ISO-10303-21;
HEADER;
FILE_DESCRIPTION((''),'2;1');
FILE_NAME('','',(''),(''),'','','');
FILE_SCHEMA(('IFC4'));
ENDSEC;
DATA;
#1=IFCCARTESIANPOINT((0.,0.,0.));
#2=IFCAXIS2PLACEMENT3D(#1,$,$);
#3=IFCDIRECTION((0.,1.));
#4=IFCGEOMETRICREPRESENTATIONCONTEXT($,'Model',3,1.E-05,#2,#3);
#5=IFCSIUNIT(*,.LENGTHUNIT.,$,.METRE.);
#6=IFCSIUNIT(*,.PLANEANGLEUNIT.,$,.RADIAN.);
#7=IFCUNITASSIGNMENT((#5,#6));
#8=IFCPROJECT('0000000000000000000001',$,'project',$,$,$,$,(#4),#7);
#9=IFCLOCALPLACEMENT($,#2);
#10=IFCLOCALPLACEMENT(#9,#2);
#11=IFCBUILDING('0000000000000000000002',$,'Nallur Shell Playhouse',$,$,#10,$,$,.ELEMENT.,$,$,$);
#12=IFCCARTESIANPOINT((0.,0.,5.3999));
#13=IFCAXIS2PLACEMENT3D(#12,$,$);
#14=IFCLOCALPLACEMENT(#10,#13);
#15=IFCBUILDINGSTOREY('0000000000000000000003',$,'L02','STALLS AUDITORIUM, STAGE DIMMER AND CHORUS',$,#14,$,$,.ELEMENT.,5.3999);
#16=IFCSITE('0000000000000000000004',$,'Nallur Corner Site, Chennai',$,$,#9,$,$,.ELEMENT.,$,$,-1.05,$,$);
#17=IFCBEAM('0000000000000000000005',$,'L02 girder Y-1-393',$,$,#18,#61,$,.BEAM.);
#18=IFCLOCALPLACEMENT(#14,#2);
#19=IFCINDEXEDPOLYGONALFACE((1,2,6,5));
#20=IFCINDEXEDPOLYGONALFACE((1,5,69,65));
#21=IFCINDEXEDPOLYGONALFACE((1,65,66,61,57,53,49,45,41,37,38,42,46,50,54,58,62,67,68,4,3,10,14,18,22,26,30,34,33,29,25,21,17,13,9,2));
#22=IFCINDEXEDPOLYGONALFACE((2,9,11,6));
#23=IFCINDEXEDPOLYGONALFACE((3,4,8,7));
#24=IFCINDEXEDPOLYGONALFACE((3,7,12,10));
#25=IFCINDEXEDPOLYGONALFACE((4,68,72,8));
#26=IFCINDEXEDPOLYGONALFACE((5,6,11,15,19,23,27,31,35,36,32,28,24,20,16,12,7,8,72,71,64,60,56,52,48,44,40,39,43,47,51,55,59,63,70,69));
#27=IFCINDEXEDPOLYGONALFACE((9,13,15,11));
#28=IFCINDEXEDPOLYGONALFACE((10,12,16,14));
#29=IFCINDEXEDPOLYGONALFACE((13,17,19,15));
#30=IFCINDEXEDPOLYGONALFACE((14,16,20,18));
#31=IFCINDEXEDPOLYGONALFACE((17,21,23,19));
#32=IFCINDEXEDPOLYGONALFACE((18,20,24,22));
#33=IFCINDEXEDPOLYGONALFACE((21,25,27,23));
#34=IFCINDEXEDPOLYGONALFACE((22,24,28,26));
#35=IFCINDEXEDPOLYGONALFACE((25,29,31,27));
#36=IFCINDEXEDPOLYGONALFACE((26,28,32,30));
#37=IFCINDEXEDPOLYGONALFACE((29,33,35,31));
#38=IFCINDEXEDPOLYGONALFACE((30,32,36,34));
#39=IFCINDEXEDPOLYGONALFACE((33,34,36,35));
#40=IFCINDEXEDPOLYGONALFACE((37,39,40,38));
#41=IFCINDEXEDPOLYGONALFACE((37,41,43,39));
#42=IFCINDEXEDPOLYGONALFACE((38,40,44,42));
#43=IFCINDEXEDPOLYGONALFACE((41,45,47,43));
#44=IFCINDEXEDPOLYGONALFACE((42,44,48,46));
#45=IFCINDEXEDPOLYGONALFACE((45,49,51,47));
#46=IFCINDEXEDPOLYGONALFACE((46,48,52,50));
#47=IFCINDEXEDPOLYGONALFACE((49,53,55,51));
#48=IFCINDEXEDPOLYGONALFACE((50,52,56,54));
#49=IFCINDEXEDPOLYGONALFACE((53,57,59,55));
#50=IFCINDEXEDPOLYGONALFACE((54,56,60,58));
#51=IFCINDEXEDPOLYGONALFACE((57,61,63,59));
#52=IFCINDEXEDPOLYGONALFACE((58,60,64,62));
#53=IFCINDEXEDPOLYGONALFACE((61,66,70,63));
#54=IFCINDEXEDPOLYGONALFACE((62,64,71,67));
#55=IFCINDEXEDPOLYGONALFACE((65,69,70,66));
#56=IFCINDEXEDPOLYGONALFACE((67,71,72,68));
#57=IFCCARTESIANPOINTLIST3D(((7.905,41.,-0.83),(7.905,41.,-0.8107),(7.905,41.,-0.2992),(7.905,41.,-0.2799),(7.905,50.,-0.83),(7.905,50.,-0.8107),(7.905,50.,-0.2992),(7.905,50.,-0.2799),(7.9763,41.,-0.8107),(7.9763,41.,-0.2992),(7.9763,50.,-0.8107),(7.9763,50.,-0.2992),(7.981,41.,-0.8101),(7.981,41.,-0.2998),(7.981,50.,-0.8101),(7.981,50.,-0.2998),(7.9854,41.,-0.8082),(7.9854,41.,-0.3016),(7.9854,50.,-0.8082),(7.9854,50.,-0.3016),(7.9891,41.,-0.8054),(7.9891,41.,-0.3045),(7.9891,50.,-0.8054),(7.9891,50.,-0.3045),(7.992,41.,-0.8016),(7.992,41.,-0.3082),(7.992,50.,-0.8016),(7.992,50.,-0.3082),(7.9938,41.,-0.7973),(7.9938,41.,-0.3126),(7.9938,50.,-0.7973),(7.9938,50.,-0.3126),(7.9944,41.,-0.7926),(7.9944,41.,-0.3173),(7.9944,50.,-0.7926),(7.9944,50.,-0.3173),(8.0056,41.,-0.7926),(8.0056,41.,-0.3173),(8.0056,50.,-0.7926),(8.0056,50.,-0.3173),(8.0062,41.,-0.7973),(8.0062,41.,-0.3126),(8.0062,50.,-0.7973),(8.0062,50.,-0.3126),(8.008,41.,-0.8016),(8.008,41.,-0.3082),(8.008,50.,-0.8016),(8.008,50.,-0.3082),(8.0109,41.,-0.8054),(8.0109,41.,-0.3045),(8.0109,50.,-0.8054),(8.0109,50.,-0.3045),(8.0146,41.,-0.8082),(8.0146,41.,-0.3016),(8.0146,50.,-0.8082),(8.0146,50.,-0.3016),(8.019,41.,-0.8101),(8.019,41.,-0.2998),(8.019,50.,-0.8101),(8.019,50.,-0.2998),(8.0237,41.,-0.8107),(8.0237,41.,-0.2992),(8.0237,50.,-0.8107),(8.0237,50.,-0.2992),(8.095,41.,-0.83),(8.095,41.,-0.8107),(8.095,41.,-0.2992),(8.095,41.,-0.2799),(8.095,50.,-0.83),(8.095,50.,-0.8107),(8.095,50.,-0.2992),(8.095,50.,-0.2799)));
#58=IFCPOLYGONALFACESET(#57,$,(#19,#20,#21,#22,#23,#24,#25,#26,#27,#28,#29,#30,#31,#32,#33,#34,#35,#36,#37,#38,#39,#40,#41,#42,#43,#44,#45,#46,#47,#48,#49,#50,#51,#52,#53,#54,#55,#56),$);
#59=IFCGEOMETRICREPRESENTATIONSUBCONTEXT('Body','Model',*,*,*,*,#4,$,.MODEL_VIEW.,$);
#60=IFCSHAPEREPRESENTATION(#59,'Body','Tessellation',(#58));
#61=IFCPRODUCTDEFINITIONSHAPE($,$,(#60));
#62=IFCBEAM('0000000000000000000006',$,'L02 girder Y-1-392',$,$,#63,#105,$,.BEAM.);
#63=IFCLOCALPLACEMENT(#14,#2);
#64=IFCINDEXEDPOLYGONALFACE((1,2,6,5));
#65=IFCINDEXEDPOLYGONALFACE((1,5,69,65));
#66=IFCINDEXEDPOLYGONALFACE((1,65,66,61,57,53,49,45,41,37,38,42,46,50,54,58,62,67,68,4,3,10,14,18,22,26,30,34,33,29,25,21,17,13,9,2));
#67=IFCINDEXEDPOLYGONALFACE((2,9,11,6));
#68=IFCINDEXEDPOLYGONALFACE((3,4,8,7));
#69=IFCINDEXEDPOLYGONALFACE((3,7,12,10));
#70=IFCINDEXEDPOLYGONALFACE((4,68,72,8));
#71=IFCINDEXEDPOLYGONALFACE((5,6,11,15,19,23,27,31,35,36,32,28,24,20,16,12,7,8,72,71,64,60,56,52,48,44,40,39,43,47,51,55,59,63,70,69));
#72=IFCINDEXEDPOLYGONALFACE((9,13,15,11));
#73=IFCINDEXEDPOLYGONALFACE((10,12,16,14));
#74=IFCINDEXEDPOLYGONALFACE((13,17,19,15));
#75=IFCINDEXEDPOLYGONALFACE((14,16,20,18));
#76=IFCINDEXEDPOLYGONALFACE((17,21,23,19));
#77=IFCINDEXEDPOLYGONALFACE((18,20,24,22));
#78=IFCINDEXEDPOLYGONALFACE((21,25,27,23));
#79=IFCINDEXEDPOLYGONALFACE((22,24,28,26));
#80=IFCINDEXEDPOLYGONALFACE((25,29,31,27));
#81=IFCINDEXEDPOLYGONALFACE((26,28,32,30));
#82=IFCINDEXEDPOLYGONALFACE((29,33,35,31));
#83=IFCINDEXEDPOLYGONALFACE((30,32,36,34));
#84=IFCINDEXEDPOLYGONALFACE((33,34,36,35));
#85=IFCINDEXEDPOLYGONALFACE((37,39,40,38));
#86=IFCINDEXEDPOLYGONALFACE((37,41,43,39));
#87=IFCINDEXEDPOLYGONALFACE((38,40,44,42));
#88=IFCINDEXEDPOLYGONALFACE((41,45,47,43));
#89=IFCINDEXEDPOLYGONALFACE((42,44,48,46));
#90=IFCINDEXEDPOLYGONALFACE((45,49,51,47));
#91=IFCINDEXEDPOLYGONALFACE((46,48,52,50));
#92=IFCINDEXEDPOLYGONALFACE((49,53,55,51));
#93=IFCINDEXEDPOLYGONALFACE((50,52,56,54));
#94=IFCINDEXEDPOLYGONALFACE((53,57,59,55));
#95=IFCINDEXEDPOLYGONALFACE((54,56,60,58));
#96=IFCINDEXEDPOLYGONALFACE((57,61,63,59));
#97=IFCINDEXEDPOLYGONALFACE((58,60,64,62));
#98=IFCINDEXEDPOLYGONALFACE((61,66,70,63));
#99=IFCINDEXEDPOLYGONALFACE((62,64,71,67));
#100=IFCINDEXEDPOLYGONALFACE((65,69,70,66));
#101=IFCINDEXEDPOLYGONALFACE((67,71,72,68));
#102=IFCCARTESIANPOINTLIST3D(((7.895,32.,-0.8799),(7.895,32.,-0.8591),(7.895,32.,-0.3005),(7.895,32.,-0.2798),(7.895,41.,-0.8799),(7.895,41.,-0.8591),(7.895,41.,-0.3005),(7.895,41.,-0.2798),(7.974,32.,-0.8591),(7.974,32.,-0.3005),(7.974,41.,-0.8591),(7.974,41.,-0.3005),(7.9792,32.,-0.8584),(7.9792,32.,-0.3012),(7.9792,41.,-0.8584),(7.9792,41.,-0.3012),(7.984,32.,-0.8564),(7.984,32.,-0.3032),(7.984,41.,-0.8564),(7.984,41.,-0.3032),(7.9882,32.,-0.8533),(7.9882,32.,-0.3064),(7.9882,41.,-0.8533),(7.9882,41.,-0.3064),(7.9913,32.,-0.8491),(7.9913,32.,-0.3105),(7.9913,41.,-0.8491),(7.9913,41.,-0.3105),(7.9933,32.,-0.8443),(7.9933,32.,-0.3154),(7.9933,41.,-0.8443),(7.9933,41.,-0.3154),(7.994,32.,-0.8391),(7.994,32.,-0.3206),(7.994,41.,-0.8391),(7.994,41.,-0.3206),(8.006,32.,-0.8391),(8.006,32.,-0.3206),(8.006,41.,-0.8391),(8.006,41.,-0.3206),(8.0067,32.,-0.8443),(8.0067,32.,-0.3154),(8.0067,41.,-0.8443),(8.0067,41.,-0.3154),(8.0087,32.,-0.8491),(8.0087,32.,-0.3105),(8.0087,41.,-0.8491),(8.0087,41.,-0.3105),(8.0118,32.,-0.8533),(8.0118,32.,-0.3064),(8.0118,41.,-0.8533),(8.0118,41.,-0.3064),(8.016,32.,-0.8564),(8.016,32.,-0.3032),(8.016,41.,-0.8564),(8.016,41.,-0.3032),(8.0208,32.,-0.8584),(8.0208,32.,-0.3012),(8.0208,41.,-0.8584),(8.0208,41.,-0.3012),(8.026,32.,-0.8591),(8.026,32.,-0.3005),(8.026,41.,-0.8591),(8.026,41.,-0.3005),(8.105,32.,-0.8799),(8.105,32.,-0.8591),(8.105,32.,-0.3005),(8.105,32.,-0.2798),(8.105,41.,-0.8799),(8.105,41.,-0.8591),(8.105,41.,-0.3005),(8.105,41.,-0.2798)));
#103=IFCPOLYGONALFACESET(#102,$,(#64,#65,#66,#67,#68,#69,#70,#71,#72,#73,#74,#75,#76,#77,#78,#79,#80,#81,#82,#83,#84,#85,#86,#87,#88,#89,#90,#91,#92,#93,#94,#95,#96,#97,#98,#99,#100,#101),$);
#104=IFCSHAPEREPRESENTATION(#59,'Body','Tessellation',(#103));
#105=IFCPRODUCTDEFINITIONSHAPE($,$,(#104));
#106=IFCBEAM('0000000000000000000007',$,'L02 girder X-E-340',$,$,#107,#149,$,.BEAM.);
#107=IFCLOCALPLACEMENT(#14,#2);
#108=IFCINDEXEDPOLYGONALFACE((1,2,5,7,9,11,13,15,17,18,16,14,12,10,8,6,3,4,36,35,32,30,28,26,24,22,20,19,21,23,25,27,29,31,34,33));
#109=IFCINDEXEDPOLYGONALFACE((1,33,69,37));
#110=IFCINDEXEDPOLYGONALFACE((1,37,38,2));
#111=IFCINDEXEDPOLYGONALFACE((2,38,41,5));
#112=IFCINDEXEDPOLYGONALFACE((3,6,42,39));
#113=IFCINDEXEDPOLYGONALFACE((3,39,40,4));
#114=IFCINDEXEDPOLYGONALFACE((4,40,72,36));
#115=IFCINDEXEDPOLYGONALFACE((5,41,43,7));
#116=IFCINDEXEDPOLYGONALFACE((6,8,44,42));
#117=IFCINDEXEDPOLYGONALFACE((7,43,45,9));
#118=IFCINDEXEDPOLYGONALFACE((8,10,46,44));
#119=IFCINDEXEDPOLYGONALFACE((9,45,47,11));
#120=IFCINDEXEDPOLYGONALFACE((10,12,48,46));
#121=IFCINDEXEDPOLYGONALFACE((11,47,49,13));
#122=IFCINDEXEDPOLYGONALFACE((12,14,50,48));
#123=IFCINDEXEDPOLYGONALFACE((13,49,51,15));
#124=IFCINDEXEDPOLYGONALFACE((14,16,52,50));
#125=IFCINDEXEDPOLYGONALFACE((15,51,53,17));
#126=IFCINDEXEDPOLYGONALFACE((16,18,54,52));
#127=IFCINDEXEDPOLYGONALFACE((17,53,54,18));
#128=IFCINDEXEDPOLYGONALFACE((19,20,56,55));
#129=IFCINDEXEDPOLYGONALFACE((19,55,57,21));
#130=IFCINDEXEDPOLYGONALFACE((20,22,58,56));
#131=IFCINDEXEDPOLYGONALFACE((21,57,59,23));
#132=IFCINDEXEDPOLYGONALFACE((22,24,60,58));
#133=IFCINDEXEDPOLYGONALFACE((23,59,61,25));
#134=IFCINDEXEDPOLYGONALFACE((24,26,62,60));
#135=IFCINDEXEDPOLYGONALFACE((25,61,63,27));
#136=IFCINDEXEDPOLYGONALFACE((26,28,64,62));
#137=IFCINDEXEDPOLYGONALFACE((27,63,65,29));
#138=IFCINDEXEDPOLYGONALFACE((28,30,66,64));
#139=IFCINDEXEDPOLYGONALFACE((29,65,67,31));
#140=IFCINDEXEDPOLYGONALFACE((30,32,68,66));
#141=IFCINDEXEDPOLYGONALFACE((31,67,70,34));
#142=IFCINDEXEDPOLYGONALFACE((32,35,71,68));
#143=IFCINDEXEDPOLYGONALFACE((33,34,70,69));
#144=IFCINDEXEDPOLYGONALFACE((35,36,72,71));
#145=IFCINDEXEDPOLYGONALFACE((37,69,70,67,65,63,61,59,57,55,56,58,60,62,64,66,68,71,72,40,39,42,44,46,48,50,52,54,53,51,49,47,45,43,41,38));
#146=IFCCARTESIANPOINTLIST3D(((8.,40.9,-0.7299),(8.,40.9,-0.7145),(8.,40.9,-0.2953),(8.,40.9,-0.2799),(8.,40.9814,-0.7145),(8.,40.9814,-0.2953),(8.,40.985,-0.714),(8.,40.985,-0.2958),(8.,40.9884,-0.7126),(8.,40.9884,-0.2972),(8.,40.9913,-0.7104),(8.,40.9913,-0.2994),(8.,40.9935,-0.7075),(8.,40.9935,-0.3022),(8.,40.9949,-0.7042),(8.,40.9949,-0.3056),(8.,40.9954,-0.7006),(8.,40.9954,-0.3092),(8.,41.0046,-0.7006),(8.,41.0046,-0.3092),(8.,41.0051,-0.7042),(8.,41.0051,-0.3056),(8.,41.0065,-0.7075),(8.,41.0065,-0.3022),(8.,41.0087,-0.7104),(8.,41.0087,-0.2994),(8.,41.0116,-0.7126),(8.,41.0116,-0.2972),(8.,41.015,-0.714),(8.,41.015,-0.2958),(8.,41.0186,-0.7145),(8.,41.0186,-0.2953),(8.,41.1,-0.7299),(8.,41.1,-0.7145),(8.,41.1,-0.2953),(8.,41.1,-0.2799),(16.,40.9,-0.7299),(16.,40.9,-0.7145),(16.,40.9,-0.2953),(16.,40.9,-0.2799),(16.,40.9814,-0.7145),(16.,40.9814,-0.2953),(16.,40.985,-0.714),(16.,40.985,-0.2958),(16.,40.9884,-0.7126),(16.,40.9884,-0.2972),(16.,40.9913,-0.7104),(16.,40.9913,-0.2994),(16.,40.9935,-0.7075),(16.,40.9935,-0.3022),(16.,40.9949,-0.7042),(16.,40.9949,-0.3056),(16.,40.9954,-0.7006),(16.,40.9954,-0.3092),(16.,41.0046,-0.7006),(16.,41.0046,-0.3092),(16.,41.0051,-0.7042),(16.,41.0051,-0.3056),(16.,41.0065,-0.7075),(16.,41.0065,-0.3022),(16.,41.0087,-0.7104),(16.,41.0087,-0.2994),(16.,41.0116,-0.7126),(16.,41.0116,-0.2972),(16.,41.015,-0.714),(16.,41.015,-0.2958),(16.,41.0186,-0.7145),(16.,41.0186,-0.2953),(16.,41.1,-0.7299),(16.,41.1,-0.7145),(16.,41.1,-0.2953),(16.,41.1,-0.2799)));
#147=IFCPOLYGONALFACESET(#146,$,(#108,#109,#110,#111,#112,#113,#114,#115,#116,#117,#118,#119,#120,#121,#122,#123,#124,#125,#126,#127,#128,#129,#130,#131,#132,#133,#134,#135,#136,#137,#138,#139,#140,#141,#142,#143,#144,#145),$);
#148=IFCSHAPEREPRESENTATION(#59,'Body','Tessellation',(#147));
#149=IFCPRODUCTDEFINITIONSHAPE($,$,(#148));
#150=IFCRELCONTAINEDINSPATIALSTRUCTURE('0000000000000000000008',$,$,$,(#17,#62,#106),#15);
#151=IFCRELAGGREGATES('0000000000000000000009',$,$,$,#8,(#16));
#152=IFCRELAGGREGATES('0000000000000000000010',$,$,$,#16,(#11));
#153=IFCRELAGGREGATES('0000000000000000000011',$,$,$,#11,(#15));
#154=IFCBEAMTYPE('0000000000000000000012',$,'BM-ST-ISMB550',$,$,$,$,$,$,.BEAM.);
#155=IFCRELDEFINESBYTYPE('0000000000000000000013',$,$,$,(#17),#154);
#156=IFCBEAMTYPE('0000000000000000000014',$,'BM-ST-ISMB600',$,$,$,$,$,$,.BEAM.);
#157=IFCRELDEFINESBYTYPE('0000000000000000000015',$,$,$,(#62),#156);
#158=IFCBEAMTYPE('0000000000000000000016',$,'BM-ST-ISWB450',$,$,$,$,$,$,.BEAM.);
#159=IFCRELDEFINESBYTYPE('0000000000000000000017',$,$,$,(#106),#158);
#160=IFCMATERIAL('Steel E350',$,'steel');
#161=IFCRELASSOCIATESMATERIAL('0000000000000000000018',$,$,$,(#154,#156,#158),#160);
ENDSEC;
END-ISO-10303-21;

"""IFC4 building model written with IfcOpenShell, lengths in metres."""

from ifc_helpers import new_model, si_unit, direction, frame, origin, origin_2d, place, context, subcontext, project, spatial, i_section, extrude, material, material_profile, profile_set, type_object, element, save


model = new_model("IFC4")

# Units and contexts
model_context = context("Model", 3, precision=1e-05, world=origin(), true_north=direction((0.0, 1.0)))
body_context = subcontext(model_context, "Body", "Model", "MODEL_VIEW")
ifc_project = project(units=[si_unit("LENGTHUNIT", "METRE"), si_unit("PLANEANGLEUNIT", "RADIAN")], contexts=[model_context])

# Site, building, storey
site_placement = place(None, origin())
site = spatial("IfcSite", under=ifc_project, at=site_placement, Name="Nallur Corner Site, Chennai", CompositionType="ELEMENT", RefElevation=-1.05)
building_placement = place(site_placement, origin())
building = spatial("IfcBuilding", under=site, at=building_placement, Name="Nallur Shell Playhouse", CompositionType="ELEMENT")
storey_placement = place(building_placement, frame((0.0, 0.0, 5.3999)))
storey = spatial("IfcBuildingStorey", under=building, at=storey_placement, Name="L02", Description="STALLS AUDITORIUM, STAGE DIMMER AND CHORUS", CompositionType="ELEMENT", Elevation=5.3999)

# Beams
ifc_material_1 = material(Name="Steel E350", Category="steel")
ifc_material_profile_1 = material_profile(ifc_material_1, i_section(OverallWidth=0.1899, OverallDepth=0.55, WebThickness=0.0112, FlangeThickness=0.0193, FilletRadius=0.0181, at=origin_2d()), Name="ISMB 550")
ifc_profile_set_1 = profile_set([ifc_material_profile_1], Name="Steel E350")
beam_type_1 = type_object("IfcBeamType", Name="BM-ST-ISMB550", PredefinedType="BEAM", material=ifc_profile_set_1)
beam_1_placement = place(storey_placement, frame((8.0, 41.0, -0.5549), z_axis=(0.0, 1.0, 0.0), x_axis=(-1.0, 0.0, 0.0)))
element("IfcBeam", 1, at=beam_1_placement, inside=storey, type_object=beam_type_1, Name="L02 girder Y-1-393", PredefinedType="BEAM", context=body_context, shape_type="SweptSolid", body=[
    extrude(i_section(OverallWidth=0.1899, OverallDepth=0.55, WebThickness=0.0112, FlangeThickness=0.0193, FilletRadius=0.0181, at=origin_2d()), origin(), (0.0, 0.0, 1.0), 9.0),
])
ifc_material_profile_2 = material_profile(ifc_material_1, i_section(OverallWidth=0.21, OverallDepth=0.6001, WebThickness=0.012, FlangeThickness=0.0208, FilletRadius=0.02, at=origin_2d()), Name="ISMB 600")
ifc_profile_set_2 = profile_set([ifc_material_profile_2], Name="Steel E350")
beam_type_2 = type_object("IfcBeamType", Name="BM-ST-ISMB600", PredefinedType="BEAM", material=ifc_profile_set_2)
beam_2_placement = place(storey_placement, frame((8.0, 32.0, -0.5798), z_axis=(0.0, 1.0, 0.0), x_axis=(-1.0, 0.0, 0.0)))
element("IfcBeam", 2, at=beam_2_placement, inside=storey, type_object=beam_type_2, Name="L02 girder Y-1-392", PredefinedType="BEAM", context=body_context, shape_type="SweptSolid", body=[
    extrude(i_section(OverallWidth=0.21, OverallDepth=0.6001, WebThickness=0.012, FlangeThickness=0.0208, FilletRadius=0.02, at=origin_2d()), origin(), (0.0, 0.0, 1.0), 9.0),
])
ifc_material_profile_3 = material_profile(ifc_material_1, i_section(OverallWidth=0.2, OverallDepth=0.45, WebThickness=0.0093, FlangeThickness=0.0154, FilletRadius=0.0139, at=origin_2d()), Name="ISWB 450")
ifc_profile_set_3 = profile_set([ifc_material_profile_3], Name="Steel E350")
beam_type_3 = type_object("IfcBeamType", Name="BM-ST-ISWB450", PredefinedType="BEAM", material=ifc_profile_set_3)
beam_3_placement = place(storey_placement, frame((8.0, 41.0, -0.5049), z_axis=(1.0, 0.0, 0.0), x_axis=(0.0, 1.0, 0.0)))
element("IfcBeam", 3, at=beam_3_placement, inside=storey, type_object=beam_type_3, Name="L02 girder X-E-340", PredefinedType="BEAM", context=body_context, shape_type="SweptSolid", body=[
    extrude(i_section(OverallWidth=0.2, OverallDepth=0.45, WebThickness=0.0093, FlangeThickness=0.0154, FilletRadius=0.0139, at=origin_2d()), origin(), (0.0, 0.0, 1.0), 8.0),
])

save(model, "model.ifc")
